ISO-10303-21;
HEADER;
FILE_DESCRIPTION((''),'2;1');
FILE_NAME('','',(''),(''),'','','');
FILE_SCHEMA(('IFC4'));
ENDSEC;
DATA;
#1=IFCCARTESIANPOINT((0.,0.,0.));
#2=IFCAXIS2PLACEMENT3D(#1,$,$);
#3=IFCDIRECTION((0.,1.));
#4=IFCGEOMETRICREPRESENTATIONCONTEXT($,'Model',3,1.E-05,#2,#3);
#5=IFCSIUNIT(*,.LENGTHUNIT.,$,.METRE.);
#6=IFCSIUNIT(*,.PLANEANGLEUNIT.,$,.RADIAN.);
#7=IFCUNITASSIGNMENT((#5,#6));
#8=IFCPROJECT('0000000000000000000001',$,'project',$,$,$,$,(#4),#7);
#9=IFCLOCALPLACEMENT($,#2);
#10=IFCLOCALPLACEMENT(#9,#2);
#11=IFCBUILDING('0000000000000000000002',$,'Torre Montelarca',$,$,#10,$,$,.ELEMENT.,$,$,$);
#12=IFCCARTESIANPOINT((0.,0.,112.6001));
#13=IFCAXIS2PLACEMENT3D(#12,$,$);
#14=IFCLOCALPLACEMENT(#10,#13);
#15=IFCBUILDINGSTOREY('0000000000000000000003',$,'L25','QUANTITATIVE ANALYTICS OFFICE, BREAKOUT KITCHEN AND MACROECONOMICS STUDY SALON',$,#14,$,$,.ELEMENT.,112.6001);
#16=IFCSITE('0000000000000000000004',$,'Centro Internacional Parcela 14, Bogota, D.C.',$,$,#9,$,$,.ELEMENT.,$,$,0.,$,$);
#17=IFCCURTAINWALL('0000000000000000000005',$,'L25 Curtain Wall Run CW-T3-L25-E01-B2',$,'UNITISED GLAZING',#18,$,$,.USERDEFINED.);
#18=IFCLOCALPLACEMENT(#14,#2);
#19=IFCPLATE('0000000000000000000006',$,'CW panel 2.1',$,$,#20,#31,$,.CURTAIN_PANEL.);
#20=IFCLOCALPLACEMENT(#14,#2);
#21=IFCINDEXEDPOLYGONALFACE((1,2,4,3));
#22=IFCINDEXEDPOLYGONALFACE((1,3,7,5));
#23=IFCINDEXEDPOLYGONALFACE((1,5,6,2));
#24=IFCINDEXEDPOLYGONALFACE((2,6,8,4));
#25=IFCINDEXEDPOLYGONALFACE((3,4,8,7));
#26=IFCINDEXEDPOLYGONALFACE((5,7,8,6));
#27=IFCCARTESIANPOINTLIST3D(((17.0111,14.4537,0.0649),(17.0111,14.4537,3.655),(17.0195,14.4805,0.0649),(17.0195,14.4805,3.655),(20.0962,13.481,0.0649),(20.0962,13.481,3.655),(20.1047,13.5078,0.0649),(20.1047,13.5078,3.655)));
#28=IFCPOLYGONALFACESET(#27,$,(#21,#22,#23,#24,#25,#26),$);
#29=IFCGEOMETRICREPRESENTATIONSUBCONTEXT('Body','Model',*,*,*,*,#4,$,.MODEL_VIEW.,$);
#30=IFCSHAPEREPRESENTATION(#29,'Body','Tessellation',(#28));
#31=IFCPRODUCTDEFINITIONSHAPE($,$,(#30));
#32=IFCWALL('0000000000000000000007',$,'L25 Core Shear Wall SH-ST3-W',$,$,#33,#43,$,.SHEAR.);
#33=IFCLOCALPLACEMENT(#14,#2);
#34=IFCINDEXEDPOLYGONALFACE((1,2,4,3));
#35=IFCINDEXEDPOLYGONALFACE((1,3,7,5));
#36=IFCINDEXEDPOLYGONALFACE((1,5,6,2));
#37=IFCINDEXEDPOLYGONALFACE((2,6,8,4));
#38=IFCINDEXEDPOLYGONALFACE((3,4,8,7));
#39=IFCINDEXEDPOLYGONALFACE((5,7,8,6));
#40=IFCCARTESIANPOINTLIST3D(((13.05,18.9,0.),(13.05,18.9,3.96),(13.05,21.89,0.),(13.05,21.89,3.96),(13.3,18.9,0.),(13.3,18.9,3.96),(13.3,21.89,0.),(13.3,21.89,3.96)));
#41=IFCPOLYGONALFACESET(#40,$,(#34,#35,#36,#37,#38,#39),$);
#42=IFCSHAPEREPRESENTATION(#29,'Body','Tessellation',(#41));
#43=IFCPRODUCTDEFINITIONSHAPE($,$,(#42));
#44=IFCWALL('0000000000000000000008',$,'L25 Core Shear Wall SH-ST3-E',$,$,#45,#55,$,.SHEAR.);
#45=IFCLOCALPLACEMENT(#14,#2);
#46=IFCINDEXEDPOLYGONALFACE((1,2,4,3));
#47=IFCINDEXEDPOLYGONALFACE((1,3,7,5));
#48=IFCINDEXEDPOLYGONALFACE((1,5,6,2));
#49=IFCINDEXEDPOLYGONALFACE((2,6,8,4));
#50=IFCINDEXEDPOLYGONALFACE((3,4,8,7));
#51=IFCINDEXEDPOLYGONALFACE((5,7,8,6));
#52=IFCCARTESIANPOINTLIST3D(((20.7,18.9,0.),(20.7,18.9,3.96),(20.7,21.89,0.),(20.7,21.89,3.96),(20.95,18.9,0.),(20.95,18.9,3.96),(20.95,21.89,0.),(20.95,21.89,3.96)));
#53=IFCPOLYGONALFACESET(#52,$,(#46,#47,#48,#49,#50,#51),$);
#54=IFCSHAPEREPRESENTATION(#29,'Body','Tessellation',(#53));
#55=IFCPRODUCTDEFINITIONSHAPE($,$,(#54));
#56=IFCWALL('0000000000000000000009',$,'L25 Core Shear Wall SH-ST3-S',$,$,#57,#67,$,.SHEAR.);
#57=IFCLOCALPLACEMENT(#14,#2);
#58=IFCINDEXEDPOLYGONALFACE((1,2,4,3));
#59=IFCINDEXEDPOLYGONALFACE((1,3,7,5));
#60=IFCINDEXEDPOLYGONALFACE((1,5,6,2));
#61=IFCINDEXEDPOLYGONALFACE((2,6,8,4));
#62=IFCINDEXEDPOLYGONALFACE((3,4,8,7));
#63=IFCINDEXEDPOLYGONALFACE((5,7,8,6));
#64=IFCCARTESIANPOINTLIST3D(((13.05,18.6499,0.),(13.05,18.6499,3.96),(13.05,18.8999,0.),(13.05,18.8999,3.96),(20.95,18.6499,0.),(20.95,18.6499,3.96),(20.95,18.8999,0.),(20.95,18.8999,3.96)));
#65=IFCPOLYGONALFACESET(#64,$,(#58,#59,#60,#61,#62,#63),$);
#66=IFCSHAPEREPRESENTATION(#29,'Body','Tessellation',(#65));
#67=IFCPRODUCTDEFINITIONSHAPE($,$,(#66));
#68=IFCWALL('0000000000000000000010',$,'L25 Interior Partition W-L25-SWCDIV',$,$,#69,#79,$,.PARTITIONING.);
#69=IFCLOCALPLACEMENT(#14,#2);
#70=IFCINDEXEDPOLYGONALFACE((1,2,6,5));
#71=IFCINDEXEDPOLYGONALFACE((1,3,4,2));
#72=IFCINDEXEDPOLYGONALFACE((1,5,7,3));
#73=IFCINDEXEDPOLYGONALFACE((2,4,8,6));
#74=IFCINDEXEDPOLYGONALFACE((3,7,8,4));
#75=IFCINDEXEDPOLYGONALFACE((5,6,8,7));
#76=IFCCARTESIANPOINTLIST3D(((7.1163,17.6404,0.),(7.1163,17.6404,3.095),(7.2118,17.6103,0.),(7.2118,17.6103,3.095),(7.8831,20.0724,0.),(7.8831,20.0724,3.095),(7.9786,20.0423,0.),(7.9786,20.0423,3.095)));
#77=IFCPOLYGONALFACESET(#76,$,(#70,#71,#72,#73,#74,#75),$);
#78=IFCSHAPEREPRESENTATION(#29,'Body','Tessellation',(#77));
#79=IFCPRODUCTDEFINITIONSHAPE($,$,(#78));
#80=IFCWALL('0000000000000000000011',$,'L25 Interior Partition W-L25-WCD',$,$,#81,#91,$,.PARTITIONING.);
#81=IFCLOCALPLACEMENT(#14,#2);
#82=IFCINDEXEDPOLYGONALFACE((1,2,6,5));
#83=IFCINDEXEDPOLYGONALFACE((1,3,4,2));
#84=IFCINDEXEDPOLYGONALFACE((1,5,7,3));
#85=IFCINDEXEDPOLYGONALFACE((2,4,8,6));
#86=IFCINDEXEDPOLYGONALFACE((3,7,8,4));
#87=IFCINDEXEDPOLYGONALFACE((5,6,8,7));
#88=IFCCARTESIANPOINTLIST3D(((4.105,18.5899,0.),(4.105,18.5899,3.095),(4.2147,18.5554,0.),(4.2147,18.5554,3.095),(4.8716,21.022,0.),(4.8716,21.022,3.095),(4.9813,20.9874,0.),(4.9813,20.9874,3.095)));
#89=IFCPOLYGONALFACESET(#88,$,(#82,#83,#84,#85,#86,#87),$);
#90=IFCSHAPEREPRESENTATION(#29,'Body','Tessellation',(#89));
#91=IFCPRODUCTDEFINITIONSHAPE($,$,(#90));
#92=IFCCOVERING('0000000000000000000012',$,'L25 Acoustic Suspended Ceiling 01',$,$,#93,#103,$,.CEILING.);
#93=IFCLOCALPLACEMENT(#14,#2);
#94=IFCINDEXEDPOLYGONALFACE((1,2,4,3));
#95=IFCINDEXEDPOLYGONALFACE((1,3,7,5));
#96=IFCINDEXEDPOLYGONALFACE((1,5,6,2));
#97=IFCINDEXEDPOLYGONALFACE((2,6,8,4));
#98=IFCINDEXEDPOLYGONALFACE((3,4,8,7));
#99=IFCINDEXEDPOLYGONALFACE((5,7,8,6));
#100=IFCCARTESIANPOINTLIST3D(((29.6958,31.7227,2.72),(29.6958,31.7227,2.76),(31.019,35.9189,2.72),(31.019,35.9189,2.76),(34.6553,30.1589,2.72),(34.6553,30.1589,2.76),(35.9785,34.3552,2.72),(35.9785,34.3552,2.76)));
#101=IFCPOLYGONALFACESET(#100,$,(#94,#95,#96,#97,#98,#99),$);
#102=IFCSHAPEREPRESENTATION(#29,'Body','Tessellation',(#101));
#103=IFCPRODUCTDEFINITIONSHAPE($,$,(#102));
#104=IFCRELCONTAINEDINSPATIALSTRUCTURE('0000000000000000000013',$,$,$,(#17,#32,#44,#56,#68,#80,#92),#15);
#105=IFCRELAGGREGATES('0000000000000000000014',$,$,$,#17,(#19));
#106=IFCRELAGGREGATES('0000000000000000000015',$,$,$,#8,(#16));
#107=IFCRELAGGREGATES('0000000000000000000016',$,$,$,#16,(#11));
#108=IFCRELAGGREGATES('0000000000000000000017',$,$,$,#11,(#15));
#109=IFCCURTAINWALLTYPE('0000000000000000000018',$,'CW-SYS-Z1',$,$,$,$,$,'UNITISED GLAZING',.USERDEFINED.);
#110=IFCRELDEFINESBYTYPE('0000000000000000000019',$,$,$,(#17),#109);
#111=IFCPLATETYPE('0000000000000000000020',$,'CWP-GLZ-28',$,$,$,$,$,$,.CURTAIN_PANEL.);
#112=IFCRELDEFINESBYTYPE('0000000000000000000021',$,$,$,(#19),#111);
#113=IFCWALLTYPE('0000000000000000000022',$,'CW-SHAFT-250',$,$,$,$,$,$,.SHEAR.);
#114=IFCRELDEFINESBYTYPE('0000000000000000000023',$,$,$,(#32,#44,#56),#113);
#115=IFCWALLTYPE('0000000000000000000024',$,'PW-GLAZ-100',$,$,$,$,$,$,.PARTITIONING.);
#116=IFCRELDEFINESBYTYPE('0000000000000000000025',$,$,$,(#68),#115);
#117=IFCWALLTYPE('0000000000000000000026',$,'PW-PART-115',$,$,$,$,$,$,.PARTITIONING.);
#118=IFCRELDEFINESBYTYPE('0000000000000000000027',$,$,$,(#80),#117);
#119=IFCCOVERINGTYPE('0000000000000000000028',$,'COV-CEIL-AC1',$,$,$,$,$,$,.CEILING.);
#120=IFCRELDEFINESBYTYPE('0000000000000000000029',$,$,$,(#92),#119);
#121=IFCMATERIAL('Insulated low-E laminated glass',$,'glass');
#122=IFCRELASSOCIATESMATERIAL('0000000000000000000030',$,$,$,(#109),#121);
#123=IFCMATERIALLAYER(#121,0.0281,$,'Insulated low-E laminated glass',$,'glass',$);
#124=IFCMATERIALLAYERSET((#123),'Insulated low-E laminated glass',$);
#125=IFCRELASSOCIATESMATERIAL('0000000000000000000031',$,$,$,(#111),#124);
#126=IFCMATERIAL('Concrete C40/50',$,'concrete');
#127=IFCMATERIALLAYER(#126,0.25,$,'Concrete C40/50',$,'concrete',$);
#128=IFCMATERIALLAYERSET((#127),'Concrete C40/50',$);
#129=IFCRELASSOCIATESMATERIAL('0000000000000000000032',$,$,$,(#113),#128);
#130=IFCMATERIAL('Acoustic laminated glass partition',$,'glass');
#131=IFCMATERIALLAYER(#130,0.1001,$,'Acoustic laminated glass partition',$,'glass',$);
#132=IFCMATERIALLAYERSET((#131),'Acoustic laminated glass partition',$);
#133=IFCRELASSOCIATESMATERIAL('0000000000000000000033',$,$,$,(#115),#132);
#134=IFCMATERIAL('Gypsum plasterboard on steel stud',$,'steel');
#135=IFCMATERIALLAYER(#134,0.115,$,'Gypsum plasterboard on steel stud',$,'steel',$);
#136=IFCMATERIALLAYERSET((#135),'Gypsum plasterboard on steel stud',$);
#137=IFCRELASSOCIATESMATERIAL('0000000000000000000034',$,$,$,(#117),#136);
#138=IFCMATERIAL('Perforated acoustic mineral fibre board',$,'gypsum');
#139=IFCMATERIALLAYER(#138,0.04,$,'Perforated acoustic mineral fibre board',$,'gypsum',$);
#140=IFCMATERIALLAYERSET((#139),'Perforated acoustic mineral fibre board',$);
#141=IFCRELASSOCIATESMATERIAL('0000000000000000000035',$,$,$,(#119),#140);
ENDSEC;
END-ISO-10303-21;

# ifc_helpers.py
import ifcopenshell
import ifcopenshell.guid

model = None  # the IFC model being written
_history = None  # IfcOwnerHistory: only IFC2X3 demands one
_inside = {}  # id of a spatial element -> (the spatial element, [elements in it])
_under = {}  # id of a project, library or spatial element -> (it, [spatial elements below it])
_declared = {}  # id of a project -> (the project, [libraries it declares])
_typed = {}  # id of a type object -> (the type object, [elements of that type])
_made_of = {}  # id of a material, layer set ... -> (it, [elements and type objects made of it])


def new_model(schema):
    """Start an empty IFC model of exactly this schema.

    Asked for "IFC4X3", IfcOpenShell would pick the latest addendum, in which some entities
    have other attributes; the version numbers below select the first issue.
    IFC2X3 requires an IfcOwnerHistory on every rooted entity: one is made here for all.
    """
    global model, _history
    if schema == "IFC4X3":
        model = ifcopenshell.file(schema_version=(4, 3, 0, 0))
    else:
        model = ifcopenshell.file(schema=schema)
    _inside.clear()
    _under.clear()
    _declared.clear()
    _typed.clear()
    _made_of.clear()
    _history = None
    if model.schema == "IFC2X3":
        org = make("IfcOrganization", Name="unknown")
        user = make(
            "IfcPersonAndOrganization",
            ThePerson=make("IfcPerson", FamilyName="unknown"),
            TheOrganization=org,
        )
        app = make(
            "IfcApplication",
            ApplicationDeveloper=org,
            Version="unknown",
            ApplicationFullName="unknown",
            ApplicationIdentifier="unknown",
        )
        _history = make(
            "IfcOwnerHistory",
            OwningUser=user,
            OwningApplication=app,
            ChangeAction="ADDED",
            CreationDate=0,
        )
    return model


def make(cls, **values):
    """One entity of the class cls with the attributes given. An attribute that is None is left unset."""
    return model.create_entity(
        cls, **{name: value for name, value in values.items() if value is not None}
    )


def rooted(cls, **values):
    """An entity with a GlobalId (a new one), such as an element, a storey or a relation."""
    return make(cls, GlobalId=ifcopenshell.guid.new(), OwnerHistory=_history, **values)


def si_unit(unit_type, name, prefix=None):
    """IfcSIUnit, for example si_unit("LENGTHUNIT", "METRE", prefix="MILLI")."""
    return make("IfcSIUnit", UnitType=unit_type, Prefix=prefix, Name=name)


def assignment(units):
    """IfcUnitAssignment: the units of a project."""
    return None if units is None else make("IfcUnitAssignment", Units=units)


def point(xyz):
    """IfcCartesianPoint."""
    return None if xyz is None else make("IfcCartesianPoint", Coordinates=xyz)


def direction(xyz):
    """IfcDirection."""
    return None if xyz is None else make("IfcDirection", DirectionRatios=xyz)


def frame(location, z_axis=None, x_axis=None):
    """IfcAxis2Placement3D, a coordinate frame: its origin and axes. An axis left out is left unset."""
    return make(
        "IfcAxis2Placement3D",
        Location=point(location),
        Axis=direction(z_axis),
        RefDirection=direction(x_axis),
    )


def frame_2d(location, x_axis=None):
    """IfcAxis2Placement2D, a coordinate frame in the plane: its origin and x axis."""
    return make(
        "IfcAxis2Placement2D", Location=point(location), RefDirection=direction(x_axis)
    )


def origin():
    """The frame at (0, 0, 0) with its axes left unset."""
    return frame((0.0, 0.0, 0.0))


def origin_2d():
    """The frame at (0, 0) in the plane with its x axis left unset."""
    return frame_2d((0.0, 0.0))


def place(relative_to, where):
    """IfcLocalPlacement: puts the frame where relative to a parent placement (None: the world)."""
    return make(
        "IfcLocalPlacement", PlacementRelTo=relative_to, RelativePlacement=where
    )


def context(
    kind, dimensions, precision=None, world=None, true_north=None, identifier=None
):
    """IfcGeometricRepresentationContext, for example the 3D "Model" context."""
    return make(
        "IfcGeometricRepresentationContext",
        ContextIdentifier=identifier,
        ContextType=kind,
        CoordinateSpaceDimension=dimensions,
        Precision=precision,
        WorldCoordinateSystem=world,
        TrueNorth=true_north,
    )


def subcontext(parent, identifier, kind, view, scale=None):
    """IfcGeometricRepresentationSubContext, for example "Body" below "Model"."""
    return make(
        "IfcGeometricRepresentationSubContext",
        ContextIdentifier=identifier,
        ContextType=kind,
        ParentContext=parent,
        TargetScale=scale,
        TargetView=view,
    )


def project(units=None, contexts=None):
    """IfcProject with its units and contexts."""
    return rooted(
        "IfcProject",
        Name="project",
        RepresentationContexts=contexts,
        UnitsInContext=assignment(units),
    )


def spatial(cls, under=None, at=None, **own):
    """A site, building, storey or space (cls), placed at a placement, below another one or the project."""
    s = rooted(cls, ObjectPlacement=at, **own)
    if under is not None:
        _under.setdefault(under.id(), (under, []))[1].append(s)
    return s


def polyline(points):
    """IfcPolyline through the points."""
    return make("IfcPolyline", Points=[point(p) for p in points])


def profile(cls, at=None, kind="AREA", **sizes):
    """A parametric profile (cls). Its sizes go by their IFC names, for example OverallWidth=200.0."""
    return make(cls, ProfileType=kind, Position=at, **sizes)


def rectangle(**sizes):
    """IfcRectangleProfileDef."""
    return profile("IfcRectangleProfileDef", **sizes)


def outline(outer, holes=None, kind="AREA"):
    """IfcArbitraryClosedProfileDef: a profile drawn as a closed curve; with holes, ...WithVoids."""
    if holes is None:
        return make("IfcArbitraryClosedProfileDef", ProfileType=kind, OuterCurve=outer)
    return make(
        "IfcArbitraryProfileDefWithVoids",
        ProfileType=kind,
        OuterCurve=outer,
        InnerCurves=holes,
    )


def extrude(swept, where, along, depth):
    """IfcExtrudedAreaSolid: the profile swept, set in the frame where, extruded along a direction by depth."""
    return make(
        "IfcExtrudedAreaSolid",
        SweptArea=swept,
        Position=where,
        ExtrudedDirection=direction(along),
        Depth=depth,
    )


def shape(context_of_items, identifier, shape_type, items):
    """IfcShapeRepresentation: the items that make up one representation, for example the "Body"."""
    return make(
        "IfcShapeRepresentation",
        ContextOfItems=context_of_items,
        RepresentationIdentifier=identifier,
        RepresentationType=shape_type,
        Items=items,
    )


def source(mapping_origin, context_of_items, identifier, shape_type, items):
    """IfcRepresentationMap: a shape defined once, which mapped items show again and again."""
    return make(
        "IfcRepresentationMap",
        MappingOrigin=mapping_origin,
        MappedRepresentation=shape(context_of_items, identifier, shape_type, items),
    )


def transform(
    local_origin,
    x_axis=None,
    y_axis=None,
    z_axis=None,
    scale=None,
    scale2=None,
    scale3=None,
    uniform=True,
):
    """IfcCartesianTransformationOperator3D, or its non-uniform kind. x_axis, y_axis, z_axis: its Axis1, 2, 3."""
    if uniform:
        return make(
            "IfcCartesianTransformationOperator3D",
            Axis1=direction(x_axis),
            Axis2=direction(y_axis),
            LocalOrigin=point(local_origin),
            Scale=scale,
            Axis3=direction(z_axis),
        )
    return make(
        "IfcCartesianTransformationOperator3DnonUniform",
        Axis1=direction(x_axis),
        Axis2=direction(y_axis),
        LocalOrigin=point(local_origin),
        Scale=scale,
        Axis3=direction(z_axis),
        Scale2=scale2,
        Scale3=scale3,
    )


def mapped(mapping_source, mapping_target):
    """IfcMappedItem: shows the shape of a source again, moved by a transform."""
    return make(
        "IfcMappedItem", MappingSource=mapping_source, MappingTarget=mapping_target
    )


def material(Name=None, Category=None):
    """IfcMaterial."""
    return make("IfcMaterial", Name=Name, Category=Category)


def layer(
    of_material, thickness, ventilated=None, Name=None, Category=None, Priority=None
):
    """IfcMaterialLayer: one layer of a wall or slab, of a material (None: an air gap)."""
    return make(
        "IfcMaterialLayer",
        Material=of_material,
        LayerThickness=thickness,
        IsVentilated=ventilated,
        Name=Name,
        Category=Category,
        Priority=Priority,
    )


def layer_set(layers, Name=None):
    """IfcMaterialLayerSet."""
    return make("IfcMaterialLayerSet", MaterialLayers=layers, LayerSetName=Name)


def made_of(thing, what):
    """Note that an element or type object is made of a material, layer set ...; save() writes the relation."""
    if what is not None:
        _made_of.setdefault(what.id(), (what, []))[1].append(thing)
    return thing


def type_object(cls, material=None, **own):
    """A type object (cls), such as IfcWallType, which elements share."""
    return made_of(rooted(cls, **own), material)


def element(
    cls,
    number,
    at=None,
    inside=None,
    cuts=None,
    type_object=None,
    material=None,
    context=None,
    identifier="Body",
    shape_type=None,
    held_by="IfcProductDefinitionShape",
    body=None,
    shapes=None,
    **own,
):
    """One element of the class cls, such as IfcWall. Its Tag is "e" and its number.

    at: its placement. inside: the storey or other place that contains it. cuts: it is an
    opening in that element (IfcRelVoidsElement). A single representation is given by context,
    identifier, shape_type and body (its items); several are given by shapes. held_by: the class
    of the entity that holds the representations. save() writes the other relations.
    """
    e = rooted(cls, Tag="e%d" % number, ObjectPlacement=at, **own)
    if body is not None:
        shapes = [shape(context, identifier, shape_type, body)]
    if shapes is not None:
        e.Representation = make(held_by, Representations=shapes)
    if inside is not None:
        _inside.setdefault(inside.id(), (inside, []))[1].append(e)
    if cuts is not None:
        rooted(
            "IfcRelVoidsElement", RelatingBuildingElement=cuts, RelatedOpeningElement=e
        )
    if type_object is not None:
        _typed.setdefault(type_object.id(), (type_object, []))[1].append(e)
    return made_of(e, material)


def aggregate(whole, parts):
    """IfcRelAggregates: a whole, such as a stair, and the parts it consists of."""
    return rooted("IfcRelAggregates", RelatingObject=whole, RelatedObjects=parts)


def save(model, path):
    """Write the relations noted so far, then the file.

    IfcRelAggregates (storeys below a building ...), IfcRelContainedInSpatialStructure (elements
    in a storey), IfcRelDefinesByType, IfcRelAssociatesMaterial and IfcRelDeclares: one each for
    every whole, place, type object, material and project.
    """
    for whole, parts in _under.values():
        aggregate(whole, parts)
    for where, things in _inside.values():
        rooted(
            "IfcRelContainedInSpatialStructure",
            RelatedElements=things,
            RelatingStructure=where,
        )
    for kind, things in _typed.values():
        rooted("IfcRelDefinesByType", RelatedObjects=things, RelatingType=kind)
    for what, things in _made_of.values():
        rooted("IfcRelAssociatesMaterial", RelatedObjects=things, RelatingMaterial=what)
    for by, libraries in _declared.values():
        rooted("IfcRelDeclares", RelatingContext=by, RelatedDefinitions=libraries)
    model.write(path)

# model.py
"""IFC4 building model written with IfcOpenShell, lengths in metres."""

from ifc_helpers import new_model, si_unit, direction, frame, frame_2d, origin, origin_2d, place, context, subcontext, project, spatial, polyline, rectangle, outline, extrude, source, transform, mapped, material, layer, layer_set, type_object, element, aggregate, save


model = new_model("IFC4")

# Units and contexts
model_context = context("Model", 3, precision=1e-05, world=origin(), true_north=direction((0.0, 1.0)))
body_context = subcontext(model_context, "Body", "Model", "MODEL_VIEW")
ifc_project = project(units=[si_unit("LENGTHUNIT", "METRE"), si_unit("PLANEANGLEUNIT", "RADIAN")], contexts=[model_context])

# Site, building, storey
site_placement = place(None, origin())
site = spatial("IfcSite", under=ifc_project, at=site_placement, Name="Centro Internacional Parcela 14, Bogota, D.C.", CompositionType="ELEMENT", RefElevation=0.0)
building_placement = place(site_placement, origin())
building = spatial("IfcBuilding", under=site, at=building_placement, Name="Torre Montelarca", CompositionType="ELEMENT")
storey_placement = place(building_placement, frame((0.0, 0.0, 112.6001)))
storey = spatial("IfcBuildingStorey", under=building, at=storey_placement, Name="L25", Description="QUANTITATIVE ANALYTICS OFFICE, BREAKOUT KITCHEN AND MACROECONOMICS STUDY SALON", CompositionType="ELEMENT", Elevation=112.6001)

# Curtain wall
ifc_material_1 = material(Name="Insulated low-E laminated glass", Category="glass")
curtain_wall_type = type_object("IfcCurtainWallType", Name="CW-SYS-Z1", ElementType="UNITISED GLAZING", PredefinedType="USERDEFINED", material=ifc_material_1)
curtain_wall_1_placement = place(storey_placement, origin())
curtain_wall_1 = element("IfcCurtainWall", 1, at=curtain_wall_1_placement, inside=storey, type_object=curtain_wall_type, Name="L25 Curtain Wall Run CW-T3-L25-E01-B2", ObjectType="UNITISED GLAZING", PredefinedType="USERDEFINED")

# Shared definitions
ifc_material_2 = material(Name="Concrete C40/50", Category="concrete")

# Plate
ifc_layer_1 = layer(ifc_material_1, 0.0281, Name="Insulated low-E laminated glass", Category="glass")
ifc_layer_set_1 = layer_set([ifc_layer_1], Name="Insulated low-E laminated glass")
plate_type = type_object("IfcPlateType", Name="CWP-GLZ-28", PredefinedType="CURTAIN_PANEL", material=ifc_layer_set_1)
shared_shape_1 = source(origin(), body_context, "Body", "SweptSolid", [
    extrude(rectangle(XDim=3.2349, YDim=0.0281, at=origin_2d()), origin(), (0.0, 0.0, 1.0), 3.5901),
])
plate_1_placement = place(storey_placement, frame((18.5579, 13.9807, 0.0649), z_axis=(0.0, 0.0, 1.0), x_axis=(0.953721, -0.300693, 0.0)))
plate_1 = element("IfcPlate", 2, at=plate_1_placement, type_object=plate_type, Name="CW panel 2.1", PredefinedType="CURTAIN_PANEL", context=body_context, shape_type="MappedRepresentation", body=[
    mapped(shared_shape_1, transform((0.0, 0.0, 0.0), scale=1.0)),
])
aggregate(curtain_wall_1, [plate_1])

# Walls
ifc_layer_2 = layer(ifc_material_2, 0.25, Name="Concrete C40/50", Category="concrete")
ifc_layer_set_2 = layer_set([ifc_layer_2], Name="Concrete C40/50")
wall_type_1 = type_object("IfcWallType", Name="CW-SHAFT-250", PredefinedType="SHEAR", material=ifc_layer_set_2)
for number, where, z_axis, x_axis, name in (
    (3, (13.175, 18.8999, 0.0), (0.0, 0.0, 1.0), (0.0, 1.0, 0.0), "L25 Core Shear Wall SH-ST3-W"),
    (4, (20.825, 18.8999, 0.0), (0.0, 0.0, 1.0), (0.0, 1.0, 0.0), "L25 Core Shear Wall SH-ST3-E"),
):
    element("IfcWall", number, at=place(storey_placement, frame(where, z_axis=z_axis, x_axis=x_axis)), inside=storey, type_object=wall_type_1, Name=name, PredefinedType="SHEAR", context=body_context, shape_type="SweptSolid", body=[
        extrude(rectangle(XDim=2.99, YDim=0.25, at=frame_2d((1.4951, 0.0))), origin(), (0.0, 0.0, 1.0), 3.96),
    ])
wall_1_placement = place(storey_placement, frame((13.05, 18.7749, 0.0), z_axis=(0.0, 0.0, 1.0), x_axis=(1.0, 0.0, 0.0)))
element("IfcWall", 5, at=wall_1_placement, inside=storey, type_object=wall_type_1, Name="L25 Core Shear Wall SH-ST3-S", PredefinedType="SHEAR", context=body_context, shape_type="SweptSolid", body=[
    extrude(rectangle(XDim=7.8999, YDim=0.25, at=frame_2d((3.95, 0.0))), origin(), (0.0, 0.0, 1.0), 3.96),
])
ifc_material_3 = material(Name="Acoustic laminated glass partition", Category="glass")
ifc_layer_3 = layer(ifc_material_3, 0.1001, Name="Acoustic laminated glass partition", Category="glass")
ifc_layer_set_3 = layer_set([ifc_layer_3], Name="Acoustic laminated glass partition")
wall_type_2 = type_object("IfcWallType", Name="PW-GLAZ-100", PredefinedType="PARTITIONING", material=ifc_layer_set_3)
wall_2_placement = place(storey_placement, frame((7.1641, 17.6255, 0.0), z_axis=(0.0, 0.0, 1.0), x_axis=(0.300705, 0.953717, 0.0)))
element("IfcWall", 6, at=wall_2_placement, inside=storey, type_object=wall_type_2, Name="L25 Interior Partition W-L25-SWCDIV", PredefinedType="PARTITIONING", context=body_context, shape_type="SweptSolid", body=[
    extrude(rectangle(XDim=2.55, YDim=0.1001, at=frame_2d((1.2749, 0.0))), origin(), (0.0, 0.0, 1.0), 3.095),
])
ifc_material_4 = material(Name="Gypsum plasterboard on steel stud", Category="steel")
ifc_layer_4 = layer(ifc_material_4, 0.115, Name="Gypsum plasterboard on steel stud", Category="steel")
ifc_layer_set_4 = layer_set([ifc_layer_4], Name="Gypsum plasterboard on steel stud")
wall_type_3 = type_object("IfcWallType", Name="PW-PART-115", PredefinedType="PARTITIONING", material=ifc_layer_set_4)
wall_3_placement = place(storey_placement, frame((4.1599, 18.5728, 0.0), z_axis=(0.0, 0.0, 1.0), x_axis=(0.300618, 0.953745, 0.0)))
element("IfcWall", 7, at=wall_3_placement, inside=storey, type_object=wall_type_3, Name="L25 Interior Partition W-L25-WCD", PredefinedType="PARTITIONING", context=body_context, shape_type="SweptSolid", body=[
    extrude(rectangle(XDim=2.55, YDim=0.115, at=frame_2d((1.2749, 0.0))), origin(), (0.0, 0.0, 1.0), 3.095),
])

# Covering
ifc_material_5 = material(Name="Perforated acoustic mineral fibre board", Category="gypsum")
ifc_layer_5 = layer(ifc_material_5, 0.04, Name="Perforated acoustic mineral fibre board", Category="gypsum")
ifc_layer_set_5 = layer_set([ifc_layer_5], Name="Perforated acoustic mineral fibre board")
covering_type_1 = type_object("IfcCoveringType", Name="COV-CEIL-AC1", PredefinedType="CEILING", material=ifc_layer_set_5)
covering_1_placement = place(storey_placement, frame((0.0, 0.0, 2.72)))
element("IfcCovering", 8, at=covering_1_placement, inside=storey, type_object=covering_type_1, Name="L25 Acoustic Suspended Ceiling 01", PredefinedType="CEILING", context=body_context, shape_type="SweptSolid", body=[
    extrude(outline(polyline([(29.6958, 31.7227), (34.6553, 30.1589), (35.9785, 34.3552), (31.019, 35.9189), (29.6958, 31.7227)])), origin(), (0.0, 0.0, 1.0), 0.04),
])

save(model, "model.ifc")
